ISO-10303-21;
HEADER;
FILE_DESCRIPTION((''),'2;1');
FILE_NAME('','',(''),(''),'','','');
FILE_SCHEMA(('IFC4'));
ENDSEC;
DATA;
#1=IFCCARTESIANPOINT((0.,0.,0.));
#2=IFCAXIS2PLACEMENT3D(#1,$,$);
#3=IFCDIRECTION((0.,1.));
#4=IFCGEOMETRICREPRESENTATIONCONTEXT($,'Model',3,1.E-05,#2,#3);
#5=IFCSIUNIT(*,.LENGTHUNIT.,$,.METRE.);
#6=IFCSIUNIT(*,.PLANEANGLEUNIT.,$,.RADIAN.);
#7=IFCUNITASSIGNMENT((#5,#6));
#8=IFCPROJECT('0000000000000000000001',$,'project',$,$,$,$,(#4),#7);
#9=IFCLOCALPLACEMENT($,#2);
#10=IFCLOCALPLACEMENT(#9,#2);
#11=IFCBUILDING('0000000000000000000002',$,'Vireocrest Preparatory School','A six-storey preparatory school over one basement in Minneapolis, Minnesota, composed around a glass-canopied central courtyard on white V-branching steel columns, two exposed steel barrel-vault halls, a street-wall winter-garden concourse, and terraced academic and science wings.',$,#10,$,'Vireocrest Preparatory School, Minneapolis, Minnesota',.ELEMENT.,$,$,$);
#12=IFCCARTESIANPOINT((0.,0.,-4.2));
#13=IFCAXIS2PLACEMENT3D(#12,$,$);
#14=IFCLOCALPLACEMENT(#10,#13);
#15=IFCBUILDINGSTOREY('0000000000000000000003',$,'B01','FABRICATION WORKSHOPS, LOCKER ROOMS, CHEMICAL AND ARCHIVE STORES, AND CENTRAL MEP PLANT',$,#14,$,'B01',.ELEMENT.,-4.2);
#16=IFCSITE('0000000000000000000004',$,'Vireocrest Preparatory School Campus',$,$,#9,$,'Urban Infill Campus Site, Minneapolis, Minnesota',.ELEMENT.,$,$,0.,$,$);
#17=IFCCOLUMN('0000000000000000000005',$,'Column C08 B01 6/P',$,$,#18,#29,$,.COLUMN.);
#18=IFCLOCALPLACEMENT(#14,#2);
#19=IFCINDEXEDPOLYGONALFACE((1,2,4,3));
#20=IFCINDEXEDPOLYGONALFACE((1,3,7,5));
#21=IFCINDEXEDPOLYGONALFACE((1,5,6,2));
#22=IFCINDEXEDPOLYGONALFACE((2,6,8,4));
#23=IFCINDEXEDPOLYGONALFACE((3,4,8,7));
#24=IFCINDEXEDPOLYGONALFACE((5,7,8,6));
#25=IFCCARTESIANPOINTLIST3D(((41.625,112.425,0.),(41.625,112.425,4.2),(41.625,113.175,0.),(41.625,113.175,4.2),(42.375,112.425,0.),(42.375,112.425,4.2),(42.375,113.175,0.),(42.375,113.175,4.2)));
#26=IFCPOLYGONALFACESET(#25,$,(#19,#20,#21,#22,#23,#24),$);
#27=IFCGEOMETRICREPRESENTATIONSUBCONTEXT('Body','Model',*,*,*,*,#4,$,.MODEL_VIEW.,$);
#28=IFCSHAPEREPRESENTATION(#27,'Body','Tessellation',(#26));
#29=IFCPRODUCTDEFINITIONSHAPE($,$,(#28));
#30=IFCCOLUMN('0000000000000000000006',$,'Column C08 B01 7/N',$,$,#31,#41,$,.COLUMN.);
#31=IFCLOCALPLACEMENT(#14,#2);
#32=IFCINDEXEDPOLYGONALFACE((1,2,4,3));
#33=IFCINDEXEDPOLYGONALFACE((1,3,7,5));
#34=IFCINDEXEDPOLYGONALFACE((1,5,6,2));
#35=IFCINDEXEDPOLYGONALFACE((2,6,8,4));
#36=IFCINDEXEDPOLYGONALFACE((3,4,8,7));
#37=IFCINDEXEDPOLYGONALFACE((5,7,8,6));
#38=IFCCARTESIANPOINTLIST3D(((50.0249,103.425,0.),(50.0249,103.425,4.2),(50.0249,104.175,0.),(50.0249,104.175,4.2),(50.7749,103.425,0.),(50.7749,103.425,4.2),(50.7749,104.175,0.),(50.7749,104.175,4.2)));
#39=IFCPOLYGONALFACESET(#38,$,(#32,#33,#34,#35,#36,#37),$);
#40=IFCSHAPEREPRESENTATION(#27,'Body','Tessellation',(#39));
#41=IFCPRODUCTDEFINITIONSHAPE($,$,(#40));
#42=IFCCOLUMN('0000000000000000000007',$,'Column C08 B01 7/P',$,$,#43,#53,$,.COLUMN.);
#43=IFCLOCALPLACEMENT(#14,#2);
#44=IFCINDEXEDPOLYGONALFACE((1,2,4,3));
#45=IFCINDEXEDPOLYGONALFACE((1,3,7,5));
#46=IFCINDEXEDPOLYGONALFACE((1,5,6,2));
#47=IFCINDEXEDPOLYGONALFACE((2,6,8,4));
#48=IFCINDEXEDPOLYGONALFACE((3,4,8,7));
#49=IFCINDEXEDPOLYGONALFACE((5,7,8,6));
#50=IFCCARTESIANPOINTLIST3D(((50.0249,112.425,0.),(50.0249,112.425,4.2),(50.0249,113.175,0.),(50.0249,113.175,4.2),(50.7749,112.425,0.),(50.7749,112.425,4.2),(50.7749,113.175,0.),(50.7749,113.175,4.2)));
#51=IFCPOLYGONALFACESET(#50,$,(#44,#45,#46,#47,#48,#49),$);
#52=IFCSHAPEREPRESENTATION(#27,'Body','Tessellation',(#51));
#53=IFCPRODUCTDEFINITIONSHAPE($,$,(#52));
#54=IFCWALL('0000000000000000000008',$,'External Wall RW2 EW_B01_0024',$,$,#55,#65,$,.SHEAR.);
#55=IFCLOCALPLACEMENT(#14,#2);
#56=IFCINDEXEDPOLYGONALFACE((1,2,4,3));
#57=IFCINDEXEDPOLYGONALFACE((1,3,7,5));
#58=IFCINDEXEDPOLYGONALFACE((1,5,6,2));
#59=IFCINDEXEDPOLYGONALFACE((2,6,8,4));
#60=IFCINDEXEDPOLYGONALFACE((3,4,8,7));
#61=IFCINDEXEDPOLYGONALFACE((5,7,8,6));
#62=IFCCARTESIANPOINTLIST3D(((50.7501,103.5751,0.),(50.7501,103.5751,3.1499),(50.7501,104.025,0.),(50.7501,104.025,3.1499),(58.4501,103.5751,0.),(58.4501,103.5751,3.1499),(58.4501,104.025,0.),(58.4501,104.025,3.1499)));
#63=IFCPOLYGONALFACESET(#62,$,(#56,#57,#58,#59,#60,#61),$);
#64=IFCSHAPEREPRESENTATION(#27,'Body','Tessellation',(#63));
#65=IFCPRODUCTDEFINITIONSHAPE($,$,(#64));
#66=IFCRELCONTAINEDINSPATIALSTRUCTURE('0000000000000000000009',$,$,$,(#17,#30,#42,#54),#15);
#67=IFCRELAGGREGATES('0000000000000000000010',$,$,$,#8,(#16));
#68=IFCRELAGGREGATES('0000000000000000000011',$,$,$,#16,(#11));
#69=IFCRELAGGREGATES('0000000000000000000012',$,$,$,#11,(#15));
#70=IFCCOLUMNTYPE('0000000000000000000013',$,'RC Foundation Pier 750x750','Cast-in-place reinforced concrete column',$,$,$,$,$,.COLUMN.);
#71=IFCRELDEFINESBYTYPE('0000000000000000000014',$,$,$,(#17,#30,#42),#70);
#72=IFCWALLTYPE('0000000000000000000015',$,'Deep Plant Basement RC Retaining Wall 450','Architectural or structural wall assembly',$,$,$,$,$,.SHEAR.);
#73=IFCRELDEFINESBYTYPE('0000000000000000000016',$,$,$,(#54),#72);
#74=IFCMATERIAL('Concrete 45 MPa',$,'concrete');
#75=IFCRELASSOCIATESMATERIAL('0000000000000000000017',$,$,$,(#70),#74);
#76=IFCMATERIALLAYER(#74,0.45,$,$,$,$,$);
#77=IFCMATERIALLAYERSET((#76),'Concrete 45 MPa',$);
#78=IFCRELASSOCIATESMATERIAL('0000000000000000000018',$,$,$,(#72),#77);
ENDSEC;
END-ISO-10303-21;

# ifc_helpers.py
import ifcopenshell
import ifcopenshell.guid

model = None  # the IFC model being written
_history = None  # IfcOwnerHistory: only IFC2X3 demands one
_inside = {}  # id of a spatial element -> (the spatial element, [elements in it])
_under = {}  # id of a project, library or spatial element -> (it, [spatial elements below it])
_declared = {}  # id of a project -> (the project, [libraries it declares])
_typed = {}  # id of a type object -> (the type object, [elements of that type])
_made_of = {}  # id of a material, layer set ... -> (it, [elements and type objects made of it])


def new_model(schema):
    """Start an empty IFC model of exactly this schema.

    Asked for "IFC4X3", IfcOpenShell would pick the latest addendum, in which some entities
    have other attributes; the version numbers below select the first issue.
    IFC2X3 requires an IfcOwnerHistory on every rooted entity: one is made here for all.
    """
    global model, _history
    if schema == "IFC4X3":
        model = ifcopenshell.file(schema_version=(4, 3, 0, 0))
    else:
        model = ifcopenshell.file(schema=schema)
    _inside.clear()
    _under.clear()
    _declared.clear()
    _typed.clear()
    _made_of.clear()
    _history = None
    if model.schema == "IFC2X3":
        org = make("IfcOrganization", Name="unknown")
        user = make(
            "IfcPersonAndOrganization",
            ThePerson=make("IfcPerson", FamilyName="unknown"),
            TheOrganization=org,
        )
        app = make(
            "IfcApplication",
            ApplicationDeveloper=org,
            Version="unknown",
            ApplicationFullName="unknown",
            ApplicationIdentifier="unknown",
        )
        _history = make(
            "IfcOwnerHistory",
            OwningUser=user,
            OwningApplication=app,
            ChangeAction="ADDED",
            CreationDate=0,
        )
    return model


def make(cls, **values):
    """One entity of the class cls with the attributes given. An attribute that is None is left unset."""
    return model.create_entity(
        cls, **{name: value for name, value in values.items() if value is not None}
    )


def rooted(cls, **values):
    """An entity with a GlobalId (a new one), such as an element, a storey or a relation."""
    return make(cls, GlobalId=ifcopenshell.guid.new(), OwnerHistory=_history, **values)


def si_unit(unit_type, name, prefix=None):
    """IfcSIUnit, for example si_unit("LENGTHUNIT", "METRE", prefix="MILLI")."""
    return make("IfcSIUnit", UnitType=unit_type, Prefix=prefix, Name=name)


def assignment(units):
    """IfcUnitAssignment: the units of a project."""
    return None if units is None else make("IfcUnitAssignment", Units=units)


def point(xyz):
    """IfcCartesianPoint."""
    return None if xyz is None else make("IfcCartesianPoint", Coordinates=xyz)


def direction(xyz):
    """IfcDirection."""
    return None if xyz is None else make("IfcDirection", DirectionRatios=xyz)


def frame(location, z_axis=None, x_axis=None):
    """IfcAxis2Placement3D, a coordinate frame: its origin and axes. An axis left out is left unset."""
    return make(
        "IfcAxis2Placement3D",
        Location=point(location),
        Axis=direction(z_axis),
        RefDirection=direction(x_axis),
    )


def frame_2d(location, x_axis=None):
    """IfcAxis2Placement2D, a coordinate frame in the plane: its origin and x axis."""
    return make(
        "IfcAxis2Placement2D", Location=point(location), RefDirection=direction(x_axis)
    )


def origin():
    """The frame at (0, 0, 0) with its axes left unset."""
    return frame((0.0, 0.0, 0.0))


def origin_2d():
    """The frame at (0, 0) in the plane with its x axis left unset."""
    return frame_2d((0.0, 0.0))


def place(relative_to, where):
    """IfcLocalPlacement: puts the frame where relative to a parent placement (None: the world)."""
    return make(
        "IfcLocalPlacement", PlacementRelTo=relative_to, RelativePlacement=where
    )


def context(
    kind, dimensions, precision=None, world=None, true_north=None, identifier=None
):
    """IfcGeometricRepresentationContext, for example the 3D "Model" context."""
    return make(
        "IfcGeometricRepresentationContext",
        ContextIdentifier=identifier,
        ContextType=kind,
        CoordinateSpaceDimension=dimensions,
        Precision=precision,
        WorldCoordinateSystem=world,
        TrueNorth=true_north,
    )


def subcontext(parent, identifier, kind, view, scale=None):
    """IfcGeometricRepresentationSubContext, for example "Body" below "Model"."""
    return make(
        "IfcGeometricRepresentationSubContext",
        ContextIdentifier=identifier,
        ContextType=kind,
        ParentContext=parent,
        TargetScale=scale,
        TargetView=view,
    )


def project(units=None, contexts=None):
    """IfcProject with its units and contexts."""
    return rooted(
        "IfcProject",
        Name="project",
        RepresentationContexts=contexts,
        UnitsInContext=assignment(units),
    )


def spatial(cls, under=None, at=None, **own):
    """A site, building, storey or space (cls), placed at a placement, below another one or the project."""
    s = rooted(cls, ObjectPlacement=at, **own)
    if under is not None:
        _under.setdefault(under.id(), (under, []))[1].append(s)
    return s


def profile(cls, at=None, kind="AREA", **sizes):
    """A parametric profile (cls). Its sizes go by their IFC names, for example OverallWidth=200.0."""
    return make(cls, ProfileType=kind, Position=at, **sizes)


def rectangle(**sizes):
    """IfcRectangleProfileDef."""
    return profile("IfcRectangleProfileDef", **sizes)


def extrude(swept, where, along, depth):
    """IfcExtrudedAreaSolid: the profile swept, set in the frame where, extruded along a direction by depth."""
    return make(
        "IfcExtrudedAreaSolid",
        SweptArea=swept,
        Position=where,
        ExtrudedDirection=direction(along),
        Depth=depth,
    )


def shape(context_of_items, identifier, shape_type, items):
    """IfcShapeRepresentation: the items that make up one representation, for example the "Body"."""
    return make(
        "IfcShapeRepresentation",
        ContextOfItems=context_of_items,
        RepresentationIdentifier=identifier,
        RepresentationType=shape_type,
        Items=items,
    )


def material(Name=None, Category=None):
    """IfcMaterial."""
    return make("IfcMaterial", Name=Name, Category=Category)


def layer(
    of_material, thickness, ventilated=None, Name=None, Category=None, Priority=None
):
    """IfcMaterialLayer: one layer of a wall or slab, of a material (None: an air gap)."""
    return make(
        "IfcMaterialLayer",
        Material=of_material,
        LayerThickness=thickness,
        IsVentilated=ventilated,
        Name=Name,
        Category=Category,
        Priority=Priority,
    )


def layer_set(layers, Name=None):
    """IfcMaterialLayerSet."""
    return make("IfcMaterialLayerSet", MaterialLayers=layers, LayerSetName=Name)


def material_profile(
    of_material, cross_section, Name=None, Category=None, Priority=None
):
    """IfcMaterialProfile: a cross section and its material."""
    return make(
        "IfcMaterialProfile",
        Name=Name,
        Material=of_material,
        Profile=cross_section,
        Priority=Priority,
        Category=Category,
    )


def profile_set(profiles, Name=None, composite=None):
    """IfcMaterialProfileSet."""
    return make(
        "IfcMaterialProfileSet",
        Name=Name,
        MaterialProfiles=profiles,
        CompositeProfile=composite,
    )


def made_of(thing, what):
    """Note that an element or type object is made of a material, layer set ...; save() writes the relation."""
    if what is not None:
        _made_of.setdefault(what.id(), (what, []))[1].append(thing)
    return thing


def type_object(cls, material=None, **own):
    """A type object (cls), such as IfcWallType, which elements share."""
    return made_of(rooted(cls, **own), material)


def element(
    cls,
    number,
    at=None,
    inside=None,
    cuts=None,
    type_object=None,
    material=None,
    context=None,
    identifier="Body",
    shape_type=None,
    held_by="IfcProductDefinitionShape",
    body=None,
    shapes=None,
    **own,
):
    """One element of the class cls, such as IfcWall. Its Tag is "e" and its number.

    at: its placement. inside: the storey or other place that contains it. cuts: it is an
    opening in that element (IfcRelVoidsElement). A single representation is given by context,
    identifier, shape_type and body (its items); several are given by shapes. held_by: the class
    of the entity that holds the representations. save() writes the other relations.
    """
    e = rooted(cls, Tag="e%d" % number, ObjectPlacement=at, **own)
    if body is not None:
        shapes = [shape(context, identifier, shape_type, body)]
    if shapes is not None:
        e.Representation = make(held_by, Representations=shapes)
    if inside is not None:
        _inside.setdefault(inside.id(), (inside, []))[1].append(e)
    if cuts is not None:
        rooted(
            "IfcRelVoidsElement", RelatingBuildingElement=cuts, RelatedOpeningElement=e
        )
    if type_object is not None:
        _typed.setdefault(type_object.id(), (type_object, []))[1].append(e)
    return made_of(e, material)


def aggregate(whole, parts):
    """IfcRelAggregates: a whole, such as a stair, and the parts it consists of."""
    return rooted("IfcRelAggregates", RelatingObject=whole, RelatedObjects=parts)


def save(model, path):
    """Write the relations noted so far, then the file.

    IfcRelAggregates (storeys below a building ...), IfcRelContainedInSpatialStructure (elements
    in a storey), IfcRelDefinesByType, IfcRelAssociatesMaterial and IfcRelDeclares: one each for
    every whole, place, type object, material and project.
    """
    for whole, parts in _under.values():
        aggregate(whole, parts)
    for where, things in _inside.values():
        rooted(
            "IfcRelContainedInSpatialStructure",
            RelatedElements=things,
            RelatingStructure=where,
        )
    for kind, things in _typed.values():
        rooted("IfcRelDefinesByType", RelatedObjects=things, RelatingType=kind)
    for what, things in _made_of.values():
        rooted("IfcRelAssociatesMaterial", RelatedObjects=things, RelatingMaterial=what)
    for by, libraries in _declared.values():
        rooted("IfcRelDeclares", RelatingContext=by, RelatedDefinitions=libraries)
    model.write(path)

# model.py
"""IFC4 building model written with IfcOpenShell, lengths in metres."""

from ifc_helpers import new_model, si_unit, direction, frame, frame_2d, origin, origin_2d, place, context, subcontext, project, spatial, rectangle, extrude, material, layer, layer_set, material_profile, profile_set, type_object, element, save


model = new_model("IFC4")

# Units and contexts
model_context = context("Model", 3, precision=1e-05, world=origin(), true_north=direction((0.0, 1.0)))
body_context = subcontext(model_context, "Body", "Model", "MODEL_VIEW")
ifc_project = project(units=[si_unit("LENGTHUNIT", "METRE"), si_unit("PLANEANGLEUNIT", "RADIAN")], contexts=[model_context])

# Site, building, storey
site_placement = place(None, origin())
site = spatial("IfcSite", under=ifc_project, at=site_placement, Name="Vireocrest Preparatory School Campus", LongName="Urban Infill Campus Site, Minneapolis, Minnesota", CompositionType="ELEMENT", RefElevation=0.0)
building_placement = place(site_placement, origin())
building = spatial("IfcBuilding", under=site, at=building_placement, Name="Vireocrest Preparatory School", Description="A six-storey preparatory school over one basement in Minneapolis, Minnesota, composed around a glass-canopied central courtyard on white V-branching steel columns, two exposed steel barrel-vault halls, a street-wall winter-garden concourse, and terraced academic and science wings.", LongName="Vireocrest Preparatory School, Minneapolis, Minnesota", CompositionType="ELEMENT")
storey_placement = place(building_placement, frame((0.0, 0.0, -4.2)))
storey = spatial("IfcBuildingStorey", under=building, at=storey_placement, Name="B01", Description="FABRICATION WORKSHOPS, LOCKER ROOMS, CHEMICAL AND ARCHIVE STORES, AND CENTRAL MEP PLANT", LongName="B01", CompositionType="ELEMENT", Elevation=-4.2)

# Columns
ifc_material_1 = material(Name="Concrete 45 MPa", Category="concrete")
ifc_material_profile_1 = material_profile(ifc_material_1, rectangle(XDim=0.75, YDim=0.75, at=origin_2d()), Name="RC 750x750")
ifc_profile_set_1 = profile_set([ifc_material_profile_1], Name="Concrete 45 MPa")
column_type = type_object("IfcColumnType", Name="RC Foundation Pier 750x750", Description="Cast-in-place reinforced concrete column", PredefinedType="COLUMN", material=ifc_profile_set_1)
for number, where, z_axis, x_axis, name in (
    (1, (42.0, 112.8, 0.0), (0.0, 0.0, 1.0), (1.0, 0.0, 0.0), "Column C08 B01 6/P"),
    (2, (50.3999, 103.8, 0.0), (0.0, 0.0, 1.0), (1.0, 0.0, 0.0), "Column C08 B01 7/N"),
    (3, (50.3999, 112.8, 0.0), (0.0, 0.0, 1.0), (1.0, 0.0, 0.0), "Column C08 B01 7/P"),
):
    element("IfcColumn", number, at=place(storey_placement, frame(where, z_axis=z_axis, x_axis=x_axis)), inside=storey, type_object=column_type, Name=name, PredefinedType="COLUMN", context=body_context, shape_type="SweptSolid", body=[
        extrude(rectangle(XDim=0.75, YDim=0.75, at=origin_2d()), origin(), (0.0, 0.0, 1.0), 4.2),
    ])

# Wall
ifc_layer = layer(ifc_material_1, 0.45)
ifc_layer_set = layer_set([ifc_layer], Name="Concrete 45 MPa")
wall_type = type_object("IfcWallType", Name="Deep Plant Basement RC Retaining Wall 450", Description="Architectural or structural wall assembly", PredefinedType="SHEAR", material=ifc_layer_set)
wall_placement = place(storey_placement, frame((50.75, 103.8, 0.0), z_axis=(0.0, 0.0, 1.0), x_axis=(1.0, 0.0, 0.0)))
element("IfcWall", 4, at=wall_placement, inside=storey, type_object=wall_type, Name="External Wall RW2 EW_B01_0024", PredefinedType="SHEAR", context=body_context, shape_type="SweptSolid", body=[
    extrude(rectangle(XDim=7.7, YDim=0.45, at=frame_2d((3.8501, 0.0))), origin(), (0.0, 0.0, 1.0), 3.1499),
])

save(model, "model.ifc")
